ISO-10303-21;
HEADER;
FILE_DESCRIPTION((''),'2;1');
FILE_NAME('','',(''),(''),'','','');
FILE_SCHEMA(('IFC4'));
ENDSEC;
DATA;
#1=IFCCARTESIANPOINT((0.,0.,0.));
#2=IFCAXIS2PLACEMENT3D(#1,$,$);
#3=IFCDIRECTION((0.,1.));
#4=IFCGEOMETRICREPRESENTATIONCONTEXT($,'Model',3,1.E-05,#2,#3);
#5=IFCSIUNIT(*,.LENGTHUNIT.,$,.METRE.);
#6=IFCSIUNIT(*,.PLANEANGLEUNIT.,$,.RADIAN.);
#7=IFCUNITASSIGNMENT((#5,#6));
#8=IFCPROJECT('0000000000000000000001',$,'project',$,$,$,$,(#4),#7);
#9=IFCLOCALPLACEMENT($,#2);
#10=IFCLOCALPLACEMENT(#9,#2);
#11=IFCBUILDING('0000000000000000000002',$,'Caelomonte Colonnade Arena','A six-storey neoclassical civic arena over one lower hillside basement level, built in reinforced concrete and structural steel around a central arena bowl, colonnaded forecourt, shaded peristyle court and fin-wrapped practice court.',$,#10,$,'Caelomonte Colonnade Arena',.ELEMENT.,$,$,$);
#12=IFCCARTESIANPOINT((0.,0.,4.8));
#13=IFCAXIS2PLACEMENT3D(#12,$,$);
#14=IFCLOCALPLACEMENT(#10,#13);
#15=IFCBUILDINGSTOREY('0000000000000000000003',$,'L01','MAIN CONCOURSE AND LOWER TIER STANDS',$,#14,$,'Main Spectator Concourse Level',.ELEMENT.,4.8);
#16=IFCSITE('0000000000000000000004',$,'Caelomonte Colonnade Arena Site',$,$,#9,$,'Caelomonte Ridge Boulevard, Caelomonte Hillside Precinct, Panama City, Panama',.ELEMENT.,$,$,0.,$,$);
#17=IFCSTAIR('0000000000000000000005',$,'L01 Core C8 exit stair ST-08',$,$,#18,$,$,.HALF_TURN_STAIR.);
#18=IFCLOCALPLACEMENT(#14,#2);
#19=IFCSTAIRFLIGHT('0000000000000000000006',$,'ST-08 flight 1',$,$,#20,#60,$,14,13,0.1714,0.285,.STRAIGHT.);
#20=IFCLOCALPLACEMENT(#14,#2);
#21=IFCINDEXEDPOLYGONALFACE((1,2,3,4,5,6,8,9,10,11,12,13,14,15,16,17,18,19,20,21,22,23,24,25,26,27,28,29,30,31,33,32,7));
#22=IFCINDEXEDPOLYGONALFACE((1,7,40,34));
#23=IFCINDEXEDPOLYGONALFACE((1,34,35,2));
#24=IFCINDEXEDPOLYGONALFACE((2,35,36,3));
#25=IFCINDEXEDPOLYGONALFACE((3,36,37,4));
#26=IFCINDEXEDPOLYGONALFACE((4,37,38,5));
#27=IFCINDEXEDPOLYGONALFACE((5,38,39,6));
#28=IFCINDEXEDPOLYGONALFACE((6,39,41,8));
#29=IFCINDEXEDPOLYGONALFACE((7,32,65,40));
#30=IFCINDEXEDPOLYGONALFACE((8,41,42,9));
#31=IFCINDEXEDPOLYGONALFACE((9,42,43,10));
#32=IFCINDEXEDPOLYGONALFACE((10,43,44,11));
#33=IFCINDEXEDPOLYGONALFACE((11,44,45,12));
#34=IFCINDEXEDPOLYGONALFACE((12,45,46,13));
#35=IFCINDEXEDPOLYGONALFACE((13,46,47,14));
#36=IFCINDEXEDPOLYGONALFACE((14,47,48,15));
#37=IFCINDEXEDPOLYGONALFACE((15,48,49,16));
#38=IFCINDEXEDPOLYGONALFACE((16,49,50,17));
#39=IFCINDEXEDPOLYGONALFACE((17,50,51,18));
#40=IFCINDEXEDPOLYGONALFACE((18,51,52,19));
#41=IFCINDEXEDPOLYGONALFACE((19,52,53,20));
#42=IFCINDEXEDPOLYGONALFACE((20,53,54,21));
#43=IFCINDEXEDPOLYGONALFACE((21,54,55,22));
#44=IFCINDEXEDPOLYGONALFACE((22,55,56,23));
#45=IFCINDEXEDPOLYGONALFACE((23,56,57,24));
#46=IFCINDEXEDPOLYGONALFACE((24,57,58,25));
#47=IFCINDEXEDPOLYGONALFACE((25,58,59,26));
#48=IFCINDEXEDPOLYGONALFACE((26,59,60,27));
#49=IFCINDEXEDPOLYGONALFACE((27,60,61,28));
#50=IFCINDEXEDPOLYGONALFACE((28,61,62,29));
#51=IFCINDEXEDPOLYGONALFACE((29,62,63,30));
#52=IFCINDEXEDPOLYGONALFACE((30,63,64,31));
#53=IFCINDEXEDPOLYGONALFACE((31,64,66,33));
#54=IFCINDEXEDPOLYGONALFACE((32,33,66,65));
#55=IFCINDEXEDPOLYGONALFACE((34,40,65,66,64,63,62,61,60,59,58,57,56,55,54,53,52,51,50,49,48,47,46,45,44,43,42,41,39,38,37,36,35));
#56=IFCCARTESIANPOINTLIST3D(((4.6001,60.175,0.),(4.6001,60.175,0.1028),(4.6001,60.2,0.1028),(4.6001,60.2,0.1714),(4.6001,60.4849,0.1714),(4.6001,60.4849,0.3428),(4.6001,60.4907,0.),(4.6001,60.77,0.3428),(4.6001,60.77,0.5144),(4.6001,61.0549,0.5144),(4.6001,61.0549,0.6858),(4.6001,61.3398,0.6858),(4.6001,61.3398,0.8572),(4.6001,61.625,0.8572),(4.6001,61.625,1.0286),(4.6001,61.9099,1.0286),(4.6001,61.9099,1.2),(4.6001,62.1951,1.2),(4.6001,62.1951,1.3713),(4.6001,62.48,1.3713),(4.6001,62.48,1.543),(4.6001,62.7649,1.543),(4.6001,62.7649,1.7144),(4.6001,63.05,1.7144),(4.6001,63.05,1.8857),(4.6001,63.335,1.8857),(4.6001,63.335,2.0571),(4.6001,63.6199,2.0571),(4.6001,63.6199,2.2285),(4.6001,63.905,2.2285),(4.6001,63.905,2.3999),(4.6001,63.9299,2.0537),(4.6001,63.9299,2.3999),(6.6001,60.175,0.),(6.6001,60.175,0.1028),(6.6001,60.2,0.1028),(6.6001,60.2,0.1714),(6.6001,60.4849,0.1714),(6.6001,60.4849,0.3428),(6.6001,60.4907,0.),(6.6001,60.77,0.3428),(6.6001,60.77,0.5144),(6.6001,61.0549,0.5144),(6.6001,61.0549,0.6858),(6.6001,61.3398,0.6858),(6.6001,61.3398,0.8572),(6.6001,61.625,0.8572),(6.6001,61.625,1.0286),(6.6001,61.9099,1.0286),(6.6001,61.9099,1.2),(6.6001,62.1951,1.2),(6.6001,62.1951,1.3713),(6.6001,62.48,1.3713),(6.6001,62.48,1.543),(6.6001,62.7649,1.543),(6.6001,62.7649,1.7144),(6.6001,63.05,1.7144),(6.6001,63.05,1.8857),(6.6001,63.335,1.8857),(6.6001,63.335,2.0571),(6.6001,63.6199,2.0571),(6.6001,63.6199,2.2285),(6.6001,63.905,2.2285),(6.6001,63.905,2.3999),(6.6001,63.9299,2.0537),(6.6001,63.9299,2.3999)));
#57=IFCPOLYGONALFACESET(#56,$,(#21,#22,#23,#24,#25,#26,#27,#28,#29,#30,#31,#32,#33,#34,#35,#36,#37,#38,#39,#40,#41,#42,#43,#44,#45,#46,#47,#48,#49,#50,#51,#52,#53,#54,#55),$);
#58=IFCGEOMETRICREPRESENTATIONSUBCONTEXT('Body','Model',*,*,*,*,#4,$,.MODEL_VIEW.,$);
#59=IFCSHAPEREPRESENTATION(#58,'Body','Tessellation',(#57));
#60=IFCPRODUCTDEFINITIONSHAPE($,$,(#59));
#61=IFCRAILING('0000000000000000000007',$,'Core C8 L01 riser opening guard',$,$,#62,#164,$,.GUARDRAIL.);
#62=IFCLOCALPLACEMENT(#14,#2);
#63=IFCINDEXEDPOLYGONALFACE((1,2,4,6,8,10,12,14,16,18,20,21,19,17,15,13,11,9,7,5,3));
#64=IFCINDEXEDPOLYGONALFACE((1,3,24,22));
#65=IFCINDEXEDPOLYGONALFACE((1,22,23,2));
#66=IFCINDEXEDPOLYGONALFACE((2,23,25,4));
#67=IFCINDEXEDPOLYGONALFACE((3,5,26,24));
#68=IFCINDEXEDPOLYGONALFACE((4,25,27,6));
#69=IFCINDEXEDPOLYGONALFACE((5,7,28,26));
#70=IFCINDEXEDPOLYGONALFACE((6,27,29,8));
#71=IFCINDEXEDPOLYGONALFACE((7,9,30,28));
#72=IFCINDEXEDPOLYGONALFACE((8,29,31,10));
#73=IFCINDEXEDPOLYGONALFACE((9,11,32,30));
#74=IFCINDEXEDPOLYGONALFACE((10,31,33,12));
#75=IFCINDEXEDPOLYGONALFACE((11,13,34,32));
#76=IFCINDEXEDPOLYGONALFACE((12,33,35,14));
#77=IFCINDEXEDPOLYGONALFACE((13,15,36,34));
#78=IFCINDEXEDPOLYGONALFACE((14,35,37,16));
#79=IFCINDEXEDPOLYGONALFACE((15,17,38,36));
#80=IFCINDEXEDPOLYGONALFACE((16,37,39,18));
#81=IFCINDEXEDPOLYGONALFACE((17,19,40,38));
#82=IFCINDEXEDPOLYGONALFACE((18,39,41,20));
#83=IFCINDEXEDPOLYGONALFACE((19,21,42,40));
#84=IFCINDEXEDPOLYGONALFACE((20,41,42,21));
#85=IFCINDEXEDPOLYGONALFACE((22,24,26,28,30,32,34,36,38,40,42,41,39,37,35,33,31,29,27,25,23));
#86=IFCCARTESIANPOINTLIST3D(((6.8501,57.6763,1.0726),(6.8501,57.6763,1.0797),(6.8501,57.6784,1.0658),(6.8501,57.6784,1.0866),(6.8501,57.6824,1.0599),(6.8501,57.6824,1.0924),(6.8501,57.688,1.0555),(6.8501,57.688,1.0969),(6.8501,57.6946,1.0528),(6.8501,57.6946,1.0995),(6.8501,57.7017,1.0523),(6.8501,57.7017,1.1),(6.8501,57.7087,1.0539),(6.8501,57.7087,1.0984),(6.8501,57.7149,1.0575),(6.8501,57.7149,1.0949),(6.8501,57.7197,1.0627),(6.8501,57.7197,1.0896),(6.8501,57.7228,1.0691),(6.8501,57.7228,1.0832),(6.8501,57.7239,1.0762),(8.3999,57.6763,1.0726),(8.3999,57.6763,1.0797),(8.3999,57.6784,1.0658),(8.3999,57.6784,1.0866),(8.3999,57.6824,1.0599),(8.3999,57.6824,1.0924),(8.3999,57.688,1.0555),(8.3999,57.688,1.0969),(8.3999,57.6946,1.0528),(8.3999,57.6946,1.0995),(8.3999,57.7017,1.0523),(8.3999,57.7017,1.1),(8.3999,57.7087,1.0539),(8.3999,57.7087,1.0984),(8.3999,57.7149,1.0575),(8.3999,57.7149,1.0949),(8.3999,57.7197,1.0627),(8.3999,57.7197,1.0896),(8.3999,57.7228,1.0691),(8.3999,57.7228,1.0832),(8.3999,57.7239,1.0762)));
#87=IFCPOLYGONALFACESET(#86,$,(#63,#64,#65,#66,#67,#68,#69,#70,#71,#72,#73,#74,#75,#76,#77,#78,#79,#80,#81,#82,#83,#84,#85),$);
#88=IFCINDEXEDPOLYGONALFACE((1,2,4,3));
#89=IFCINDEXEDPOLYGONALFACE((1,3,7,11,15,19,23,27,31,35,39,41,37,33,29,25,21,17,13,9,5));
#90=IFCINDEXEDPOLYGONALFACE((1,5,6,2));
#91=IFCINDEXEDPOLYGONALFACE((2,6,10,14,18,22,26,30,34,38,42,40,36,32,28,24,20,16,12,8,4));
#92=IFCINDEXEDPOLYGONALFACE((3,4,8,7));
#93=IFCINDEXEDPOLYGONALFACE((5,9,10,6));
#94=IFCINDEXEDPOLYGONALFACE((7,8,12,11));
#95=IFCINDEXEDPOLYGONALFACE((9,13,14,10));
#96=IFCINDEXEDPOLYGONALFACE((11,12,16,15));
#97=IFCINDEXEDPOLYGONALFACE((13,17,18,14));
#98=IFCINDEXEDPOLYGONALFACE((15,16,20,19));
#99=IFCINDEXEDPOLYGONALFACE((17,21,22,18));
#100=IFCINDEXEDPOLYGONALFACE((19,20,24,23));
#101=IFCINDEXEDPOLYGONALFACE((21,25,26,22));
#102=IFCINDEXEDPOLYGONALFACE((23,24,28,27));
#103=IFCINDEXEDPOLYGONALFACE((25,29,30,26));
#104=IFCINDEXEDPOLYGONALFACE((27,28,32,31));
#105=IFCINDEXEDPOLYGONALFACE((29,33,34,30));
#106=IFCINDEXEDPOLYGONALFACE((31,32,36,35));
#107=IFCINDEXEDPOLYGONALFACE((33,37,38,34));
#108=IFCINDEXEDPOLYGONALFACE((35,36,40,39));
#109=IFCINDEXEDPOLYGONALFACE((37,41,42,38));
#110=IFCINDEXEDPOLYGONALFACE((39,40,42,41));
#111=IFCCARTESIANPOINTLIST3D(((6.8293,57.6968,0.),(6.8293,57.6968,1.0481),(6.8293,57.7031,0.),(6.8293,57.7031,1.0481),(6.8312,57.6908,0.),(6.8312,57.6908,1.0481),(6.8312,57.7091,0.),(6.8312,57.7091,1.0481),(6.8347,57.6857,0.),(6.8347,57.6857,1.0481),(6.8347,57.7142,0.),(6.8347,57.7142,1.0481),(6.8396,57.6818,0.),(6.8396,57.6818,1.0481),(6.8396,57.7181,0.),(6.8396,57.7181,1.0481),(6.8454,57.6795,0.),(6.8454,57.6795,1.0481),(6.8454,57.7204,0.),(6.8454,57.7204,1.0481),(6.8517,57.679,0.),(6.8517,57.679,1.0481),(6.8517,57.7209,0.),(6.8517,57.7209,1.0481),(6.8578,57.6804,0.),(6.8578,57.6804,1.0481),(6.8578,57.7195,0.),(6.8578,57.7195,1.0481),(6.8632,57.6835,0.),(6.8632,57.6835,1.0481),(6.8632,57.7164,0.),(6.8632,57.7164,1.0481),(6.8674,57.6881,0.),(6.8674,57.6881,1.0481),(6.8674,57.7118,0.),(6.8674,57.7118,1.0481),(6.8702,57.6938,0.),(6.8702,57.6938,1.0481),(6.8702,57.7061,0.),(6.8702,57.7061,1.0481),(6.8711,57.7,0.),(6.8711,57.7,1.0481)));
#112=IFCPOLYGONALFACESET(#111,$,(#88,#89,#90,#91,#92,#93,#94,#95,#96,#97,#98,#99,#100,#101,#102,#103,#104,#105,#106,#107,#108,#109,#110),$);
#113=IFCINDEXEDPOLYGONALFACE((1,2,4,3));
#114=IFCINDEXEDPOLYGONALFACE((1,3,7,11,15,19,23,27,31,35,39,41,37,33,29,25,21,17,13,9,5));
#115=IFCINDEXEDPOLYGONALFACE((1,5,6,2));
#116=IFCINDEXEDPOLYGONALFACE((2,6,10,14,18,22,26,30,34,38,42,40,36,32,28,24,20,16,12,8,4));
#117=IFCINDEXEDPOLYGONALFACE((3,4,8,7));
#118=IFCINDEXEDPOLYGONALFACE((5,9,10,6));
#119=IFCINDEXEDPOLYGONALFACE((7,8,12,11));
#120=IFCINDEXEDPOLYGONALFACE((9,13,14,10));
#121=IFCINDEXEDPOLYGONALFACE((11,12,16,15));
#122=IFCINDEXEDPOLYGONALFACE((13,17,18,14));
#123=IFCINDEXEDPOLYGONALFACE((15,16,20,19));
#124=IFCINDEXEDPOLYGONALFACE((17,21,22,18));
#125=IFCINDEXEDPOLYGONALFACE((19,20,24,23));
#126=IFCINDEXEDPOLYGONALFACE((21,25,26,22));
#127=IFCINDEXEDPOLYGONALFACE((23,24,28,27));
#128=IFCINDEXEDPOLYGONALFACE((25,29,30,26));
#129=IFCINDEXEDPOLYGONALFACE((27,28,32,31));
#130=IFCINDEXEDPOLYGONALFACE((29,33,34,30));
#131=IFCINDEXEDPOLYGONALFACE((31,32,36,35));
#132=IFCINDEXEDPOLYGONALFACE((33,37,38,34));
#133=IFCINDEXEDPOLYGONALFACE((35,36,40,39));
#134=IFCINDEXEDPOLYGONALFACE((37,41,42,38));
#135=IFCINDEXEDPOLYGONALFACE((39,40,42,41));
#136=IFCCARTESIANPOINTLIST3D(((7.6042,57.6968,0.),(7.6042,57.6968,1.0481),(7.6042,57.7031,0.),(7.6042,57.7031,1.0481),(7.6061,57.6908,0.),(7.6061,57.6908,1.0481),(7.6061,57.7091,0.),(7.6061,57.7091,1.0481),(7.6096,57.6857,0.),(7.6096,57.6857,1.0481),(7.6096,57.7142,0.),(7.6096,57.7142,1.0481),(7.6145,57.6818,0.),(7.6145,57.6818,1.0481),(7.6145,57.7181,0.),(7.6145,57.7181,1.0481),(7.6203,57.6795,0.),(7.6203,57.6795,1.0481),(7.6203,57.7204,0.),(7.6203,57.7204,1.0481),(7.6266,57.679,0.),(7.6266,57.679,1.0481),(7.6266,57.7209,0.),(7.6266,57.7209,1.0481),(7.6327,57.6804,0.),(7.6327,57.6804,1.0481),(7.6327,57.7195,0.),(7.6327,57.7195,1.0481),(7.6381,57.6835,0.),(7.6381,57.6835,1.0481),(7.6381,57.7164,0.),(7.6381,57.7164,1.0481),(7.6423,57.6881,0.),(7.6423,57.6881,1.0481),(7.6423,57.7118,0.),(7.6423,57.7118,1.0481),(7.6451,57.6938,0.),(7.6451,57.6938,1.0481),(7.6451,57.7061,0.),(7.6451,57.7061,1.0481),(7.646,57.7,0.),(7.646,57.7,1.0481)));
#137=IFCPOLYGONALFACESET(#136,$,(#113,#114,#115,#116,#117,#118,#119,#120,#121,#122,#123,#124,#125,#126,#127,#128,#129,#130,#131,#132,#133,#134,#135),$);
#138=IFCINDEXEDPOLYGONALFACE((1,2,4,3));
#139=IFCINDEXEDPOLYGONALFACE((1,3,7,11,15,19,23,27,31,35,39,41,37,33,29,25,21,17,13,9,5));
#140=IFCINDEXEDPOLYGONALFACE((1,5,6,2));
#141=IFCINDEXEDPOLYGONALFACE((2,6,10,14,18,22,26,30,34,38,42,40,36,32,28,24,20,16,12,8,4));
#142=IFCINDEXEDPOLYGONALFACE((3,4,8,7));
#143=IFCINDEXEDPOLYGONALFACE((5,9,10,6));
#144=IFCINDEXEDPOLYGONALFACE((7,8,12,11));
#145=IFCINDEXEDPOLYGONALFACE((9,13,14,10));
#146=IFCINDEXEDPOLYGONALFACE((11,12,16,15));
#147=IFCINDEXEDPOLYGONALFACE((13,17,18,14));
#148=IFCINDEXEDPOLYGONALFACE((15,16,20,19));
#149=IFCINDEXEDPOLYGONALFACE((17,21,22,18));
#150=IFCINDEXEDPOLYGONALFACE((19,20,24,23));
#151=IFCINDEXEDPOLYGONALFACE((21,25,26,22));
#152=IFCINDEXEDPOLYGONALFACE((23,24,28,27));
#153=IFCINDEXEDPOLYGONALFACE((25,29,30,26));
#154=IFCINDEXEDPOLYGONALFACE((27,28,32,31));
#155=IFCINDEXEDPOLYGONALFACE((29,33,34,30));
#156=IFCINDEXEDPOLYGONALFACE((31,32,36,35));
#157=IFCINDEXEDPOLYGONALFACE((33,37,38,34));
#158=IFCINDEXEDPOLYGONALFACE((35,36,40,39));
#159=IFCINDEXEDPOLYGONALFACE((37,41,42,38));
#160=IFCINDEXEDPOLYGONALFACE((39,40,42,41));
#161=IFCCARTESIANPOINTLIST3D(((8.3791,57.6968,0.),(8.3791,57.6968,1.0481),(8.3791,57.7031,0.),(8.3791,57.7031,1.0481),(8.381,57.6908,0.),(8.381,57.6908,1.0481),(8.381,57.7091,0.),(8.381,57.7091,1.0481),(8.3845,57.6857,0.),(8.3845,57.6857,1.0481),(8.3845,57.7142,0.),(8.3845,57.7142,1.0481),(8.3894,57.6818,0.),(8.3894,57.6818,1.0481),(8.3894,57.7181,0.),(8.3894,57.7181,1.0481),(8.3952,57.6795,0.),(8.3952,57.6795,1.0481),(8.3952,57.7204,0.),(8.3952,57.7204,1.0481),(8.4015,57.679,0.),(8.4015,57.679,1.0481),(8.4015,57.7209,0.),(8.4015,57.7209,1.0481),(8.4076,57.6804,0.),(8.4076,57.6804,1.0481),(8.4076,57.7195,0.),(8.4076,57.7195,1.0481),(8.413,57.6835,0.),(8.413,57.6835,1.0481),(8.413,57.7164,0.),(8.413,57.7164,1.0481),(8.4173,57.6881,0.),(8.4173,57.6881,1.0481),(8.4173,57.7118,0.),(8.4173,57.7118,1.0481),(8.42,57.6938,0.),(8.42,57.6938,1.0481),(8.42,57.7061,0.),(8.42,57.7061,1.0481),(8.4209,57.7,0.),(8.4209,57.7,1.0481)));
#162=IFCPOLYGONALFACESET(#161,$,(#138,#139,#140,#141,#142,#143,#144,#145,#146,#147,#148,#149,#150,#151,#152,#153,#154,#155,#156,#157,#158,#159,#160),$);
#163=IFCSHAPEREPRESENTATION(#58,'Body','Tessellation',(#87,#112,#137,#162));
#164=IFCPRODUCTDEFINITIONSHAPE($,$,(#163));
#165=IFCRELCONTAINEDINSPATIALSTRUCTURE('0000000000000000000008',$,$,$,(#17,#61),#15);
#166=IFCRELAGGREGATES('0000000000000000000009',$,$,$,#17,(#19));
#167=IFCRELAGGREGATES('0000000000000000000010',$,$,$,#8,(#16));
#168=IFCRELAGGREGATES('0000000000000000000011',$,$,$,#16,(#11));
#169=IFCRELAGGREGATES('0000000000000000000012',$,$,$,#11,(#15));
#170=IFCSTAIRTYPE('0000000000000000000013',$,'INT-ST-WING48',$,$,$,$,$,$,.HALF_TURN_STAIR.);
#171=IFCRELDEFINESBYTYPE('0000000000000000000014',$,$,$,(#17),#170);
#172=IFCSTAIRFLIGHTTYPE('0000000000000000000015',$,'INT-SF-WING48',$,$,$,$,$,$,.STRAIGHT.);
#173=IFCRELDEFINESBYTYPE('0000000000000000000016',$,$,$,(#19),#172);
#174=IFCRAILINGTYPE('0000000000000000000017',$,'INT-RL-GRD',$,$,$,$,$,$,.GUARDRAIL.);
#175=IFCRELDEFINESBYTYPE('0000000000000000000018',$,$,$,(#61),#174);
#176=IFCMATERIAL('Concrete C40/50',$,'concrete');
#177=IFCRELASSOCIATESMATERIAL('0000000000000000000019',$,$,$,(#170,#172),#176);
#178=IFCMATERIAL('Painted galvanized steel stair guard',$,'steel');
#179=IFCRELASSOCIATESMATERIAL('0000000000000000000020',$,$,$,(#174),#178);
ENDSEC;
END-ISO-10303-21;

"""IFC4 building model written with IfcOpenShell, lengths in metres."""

from ifc_helpers import new_model, si_unit, direction, frame, origin, origin_2d, place, context, subcontext, project, spatial, polyline, circle, outline, extrude, material, type_object, element, aggregate, save


model = new_model("IFC4")

# Units and contexts
model_context = context("Model", 3, precision=1e-05, world=origin(), true_north=direction((0.0, 1.0)))
body_context = subcontext(model_context, "Body", "Model", "MODEL_VIEW")
ifc_project = project(units=[si_unit("LENGTHUNIT", "METRE"), si_unit("PLANEANGLEUNIT", "RADIAN")], contexts=[model_context])

# Site, building, storey
site_placement = place(None, origin())
site = spatial("IfcSite", under=ifc_project, at=site_placement, Name="Caelomonte Colonnade Arena Site", LongName="Caelomonte Ridge Boulevard, Caelomonte Hillside Precinct, Panama City, Panama", CompositionType="ELEMENT", RefElevation=0.0)
building_placement = place(site_placement, origin())
building = spatial("IfcBuilding", under=site, at=building_placement, Name="Caelomonte Colonnade Arena", Description="A six-storey neoclassical civic arena over one lower hillside basement level, built in reinforced concrete and structural steel around a central arena bowl, colonnaded forecourt, shaded peristyle court and fin-wrapped practice court.", LongName="Caelomonte Colonnade Arena", CompositionType="ELEMENT")
storey_placement = place(building_placement, frame((0.0, 0.0, 4.8)))
storey = spatial("IfcBuildingStorey", under=building, at=storey_placement, Name="L01", Description="MAIN CONCOURSE AND LOWER TIER STANDS", LongName="Main Spectator Concourse Level", CompositionType="ELEMENT", Elevation=4.8)

# Shared definitions
ifc_material_1 = material(Name="Concrete C40/50", Category="concrete")

# Stair, stair flight
stair_type = type_object("IfcStairType", Name="INT-ST-WING48", PredefinedType="HALF_TURN_STAIR", material=ifc_material_1)
stair_placement = place(storey_placement, origin())
stair = element("IfcStair", 1, at=stair_placement, inside=storey, type_object=stair_type, Name="L01 Core C8 exit stair ST-08", PredefinedType="HALF_TURN_STAIR")
stair_flight_type = type_object("IfcStairFlightType", Name="INT-SF-WING48", PredefinedType="STRAIGHT", material=ifc_material_1)
stair_flight_placement = place(storey_placement, frame((5.6001, 60.2, 0.0), z_axis=(0.0, 0.0, 1.0), x_axis=(0.0, 1.0, 0.0)))
stair_flight = element("IfcStairFlight", 2, at=stair_flight_placement, type_object=stair_flight_type, Name="ST-08 flight 1", NumberOfRisers=14, NumberOfTreads=13, PredefinedType="STRAIGHT", RiserHeight=0.1714, TreadLength=0.285, context=body_context, shape_type="SweptSolid", body=[
    extrude(outline(polyline([(-0.0249, 0.0), (-0.0249, 0.1028), (0.0, 0.1028), (0.0, 0.1714), (0.2849, 0.1714), (0.2849, 0.3428), (0.5701, 0.3428), (0.5701, 0.5144), (0.855, 0.5144), (0.855, 0.6858), (1.1399, 0.6858), (1.1399, 0.8572), (1.425, 0.8572), (1.425, 1.0286), (1.71, 1.0286), (1.71, 1.2), (1.9951, 1.2), (1.9951, 1.3713), (2.28, 1.3713), (2.28, 1.543), (2.5649, 1.543), (2.5649, 1.7144), (2.8501, 1.7144), (2.8501, 1.8857), (3.135, 1.8857), (3.135, 2.0571), (3.4199, 2.0571), (3.4199, 2.2285), (3.7051, 2.2285), (3.7051, 2.3999), (3.73, 2.3999), (3.73, 2.0537), (0.2908, 0.0), (-0.0249, 0.0)])), frame((0.0, 1.0, 0.0), z_axis=(0.0, -1.0, 0.0), x_axis=(1.0, 0.0, 0.0)), (0.0, 0.0, 1.0), 2.0),
])
aggregate(stair, [stair_flight])

# Railing
ifc_material_2 = material(Name="Painted galvanized steel stair guard", Category="steel")
railing_type_1 = type_object("IfcRailingType", Name="INT-RL-GRD", PredefinedType="GUARDRAIL", material=ifc_material_2)
railing_1_placement = place(storey_placement, frame((6.8501, 57.7, 0.0)))
element("IfcRailing", 3, at=railing_1_placement, inside=storey, type_object=railing_type_1, Name="Core C8 L01 riser opening guard", PredefinedType="GUARDRAIL", context=body_context, shape_type="SweptSolid", body=[
    extrude(circle(Radius=0.0239, at=origin_2d()), frame((0.0, 0.0, 1.0762), z_axis=(1.0, 0.0, 0.0), x_axis=(0.0, 1.0, 0.0)), (0.0, 0.0, 1.0), 1.5498),
    extrude(circle(Radius=0.021, at=origin_2d()), origin(), (0.0, 0.0, 1.0), 1.0481),
    extrude(circle(Radius=0.021, at=origin_2d()), frame((0.7749, 0.0, 0.0)), (0.0, 0.0, 1.0), 1.0481),
    extrude(circle(Radius=0.021, at=origin_2d()), frame((1.5498, 0.0, 0.0)), (0.0, 0.0, 1.0), 1.0481),
])

save(model, "model.ifc")
